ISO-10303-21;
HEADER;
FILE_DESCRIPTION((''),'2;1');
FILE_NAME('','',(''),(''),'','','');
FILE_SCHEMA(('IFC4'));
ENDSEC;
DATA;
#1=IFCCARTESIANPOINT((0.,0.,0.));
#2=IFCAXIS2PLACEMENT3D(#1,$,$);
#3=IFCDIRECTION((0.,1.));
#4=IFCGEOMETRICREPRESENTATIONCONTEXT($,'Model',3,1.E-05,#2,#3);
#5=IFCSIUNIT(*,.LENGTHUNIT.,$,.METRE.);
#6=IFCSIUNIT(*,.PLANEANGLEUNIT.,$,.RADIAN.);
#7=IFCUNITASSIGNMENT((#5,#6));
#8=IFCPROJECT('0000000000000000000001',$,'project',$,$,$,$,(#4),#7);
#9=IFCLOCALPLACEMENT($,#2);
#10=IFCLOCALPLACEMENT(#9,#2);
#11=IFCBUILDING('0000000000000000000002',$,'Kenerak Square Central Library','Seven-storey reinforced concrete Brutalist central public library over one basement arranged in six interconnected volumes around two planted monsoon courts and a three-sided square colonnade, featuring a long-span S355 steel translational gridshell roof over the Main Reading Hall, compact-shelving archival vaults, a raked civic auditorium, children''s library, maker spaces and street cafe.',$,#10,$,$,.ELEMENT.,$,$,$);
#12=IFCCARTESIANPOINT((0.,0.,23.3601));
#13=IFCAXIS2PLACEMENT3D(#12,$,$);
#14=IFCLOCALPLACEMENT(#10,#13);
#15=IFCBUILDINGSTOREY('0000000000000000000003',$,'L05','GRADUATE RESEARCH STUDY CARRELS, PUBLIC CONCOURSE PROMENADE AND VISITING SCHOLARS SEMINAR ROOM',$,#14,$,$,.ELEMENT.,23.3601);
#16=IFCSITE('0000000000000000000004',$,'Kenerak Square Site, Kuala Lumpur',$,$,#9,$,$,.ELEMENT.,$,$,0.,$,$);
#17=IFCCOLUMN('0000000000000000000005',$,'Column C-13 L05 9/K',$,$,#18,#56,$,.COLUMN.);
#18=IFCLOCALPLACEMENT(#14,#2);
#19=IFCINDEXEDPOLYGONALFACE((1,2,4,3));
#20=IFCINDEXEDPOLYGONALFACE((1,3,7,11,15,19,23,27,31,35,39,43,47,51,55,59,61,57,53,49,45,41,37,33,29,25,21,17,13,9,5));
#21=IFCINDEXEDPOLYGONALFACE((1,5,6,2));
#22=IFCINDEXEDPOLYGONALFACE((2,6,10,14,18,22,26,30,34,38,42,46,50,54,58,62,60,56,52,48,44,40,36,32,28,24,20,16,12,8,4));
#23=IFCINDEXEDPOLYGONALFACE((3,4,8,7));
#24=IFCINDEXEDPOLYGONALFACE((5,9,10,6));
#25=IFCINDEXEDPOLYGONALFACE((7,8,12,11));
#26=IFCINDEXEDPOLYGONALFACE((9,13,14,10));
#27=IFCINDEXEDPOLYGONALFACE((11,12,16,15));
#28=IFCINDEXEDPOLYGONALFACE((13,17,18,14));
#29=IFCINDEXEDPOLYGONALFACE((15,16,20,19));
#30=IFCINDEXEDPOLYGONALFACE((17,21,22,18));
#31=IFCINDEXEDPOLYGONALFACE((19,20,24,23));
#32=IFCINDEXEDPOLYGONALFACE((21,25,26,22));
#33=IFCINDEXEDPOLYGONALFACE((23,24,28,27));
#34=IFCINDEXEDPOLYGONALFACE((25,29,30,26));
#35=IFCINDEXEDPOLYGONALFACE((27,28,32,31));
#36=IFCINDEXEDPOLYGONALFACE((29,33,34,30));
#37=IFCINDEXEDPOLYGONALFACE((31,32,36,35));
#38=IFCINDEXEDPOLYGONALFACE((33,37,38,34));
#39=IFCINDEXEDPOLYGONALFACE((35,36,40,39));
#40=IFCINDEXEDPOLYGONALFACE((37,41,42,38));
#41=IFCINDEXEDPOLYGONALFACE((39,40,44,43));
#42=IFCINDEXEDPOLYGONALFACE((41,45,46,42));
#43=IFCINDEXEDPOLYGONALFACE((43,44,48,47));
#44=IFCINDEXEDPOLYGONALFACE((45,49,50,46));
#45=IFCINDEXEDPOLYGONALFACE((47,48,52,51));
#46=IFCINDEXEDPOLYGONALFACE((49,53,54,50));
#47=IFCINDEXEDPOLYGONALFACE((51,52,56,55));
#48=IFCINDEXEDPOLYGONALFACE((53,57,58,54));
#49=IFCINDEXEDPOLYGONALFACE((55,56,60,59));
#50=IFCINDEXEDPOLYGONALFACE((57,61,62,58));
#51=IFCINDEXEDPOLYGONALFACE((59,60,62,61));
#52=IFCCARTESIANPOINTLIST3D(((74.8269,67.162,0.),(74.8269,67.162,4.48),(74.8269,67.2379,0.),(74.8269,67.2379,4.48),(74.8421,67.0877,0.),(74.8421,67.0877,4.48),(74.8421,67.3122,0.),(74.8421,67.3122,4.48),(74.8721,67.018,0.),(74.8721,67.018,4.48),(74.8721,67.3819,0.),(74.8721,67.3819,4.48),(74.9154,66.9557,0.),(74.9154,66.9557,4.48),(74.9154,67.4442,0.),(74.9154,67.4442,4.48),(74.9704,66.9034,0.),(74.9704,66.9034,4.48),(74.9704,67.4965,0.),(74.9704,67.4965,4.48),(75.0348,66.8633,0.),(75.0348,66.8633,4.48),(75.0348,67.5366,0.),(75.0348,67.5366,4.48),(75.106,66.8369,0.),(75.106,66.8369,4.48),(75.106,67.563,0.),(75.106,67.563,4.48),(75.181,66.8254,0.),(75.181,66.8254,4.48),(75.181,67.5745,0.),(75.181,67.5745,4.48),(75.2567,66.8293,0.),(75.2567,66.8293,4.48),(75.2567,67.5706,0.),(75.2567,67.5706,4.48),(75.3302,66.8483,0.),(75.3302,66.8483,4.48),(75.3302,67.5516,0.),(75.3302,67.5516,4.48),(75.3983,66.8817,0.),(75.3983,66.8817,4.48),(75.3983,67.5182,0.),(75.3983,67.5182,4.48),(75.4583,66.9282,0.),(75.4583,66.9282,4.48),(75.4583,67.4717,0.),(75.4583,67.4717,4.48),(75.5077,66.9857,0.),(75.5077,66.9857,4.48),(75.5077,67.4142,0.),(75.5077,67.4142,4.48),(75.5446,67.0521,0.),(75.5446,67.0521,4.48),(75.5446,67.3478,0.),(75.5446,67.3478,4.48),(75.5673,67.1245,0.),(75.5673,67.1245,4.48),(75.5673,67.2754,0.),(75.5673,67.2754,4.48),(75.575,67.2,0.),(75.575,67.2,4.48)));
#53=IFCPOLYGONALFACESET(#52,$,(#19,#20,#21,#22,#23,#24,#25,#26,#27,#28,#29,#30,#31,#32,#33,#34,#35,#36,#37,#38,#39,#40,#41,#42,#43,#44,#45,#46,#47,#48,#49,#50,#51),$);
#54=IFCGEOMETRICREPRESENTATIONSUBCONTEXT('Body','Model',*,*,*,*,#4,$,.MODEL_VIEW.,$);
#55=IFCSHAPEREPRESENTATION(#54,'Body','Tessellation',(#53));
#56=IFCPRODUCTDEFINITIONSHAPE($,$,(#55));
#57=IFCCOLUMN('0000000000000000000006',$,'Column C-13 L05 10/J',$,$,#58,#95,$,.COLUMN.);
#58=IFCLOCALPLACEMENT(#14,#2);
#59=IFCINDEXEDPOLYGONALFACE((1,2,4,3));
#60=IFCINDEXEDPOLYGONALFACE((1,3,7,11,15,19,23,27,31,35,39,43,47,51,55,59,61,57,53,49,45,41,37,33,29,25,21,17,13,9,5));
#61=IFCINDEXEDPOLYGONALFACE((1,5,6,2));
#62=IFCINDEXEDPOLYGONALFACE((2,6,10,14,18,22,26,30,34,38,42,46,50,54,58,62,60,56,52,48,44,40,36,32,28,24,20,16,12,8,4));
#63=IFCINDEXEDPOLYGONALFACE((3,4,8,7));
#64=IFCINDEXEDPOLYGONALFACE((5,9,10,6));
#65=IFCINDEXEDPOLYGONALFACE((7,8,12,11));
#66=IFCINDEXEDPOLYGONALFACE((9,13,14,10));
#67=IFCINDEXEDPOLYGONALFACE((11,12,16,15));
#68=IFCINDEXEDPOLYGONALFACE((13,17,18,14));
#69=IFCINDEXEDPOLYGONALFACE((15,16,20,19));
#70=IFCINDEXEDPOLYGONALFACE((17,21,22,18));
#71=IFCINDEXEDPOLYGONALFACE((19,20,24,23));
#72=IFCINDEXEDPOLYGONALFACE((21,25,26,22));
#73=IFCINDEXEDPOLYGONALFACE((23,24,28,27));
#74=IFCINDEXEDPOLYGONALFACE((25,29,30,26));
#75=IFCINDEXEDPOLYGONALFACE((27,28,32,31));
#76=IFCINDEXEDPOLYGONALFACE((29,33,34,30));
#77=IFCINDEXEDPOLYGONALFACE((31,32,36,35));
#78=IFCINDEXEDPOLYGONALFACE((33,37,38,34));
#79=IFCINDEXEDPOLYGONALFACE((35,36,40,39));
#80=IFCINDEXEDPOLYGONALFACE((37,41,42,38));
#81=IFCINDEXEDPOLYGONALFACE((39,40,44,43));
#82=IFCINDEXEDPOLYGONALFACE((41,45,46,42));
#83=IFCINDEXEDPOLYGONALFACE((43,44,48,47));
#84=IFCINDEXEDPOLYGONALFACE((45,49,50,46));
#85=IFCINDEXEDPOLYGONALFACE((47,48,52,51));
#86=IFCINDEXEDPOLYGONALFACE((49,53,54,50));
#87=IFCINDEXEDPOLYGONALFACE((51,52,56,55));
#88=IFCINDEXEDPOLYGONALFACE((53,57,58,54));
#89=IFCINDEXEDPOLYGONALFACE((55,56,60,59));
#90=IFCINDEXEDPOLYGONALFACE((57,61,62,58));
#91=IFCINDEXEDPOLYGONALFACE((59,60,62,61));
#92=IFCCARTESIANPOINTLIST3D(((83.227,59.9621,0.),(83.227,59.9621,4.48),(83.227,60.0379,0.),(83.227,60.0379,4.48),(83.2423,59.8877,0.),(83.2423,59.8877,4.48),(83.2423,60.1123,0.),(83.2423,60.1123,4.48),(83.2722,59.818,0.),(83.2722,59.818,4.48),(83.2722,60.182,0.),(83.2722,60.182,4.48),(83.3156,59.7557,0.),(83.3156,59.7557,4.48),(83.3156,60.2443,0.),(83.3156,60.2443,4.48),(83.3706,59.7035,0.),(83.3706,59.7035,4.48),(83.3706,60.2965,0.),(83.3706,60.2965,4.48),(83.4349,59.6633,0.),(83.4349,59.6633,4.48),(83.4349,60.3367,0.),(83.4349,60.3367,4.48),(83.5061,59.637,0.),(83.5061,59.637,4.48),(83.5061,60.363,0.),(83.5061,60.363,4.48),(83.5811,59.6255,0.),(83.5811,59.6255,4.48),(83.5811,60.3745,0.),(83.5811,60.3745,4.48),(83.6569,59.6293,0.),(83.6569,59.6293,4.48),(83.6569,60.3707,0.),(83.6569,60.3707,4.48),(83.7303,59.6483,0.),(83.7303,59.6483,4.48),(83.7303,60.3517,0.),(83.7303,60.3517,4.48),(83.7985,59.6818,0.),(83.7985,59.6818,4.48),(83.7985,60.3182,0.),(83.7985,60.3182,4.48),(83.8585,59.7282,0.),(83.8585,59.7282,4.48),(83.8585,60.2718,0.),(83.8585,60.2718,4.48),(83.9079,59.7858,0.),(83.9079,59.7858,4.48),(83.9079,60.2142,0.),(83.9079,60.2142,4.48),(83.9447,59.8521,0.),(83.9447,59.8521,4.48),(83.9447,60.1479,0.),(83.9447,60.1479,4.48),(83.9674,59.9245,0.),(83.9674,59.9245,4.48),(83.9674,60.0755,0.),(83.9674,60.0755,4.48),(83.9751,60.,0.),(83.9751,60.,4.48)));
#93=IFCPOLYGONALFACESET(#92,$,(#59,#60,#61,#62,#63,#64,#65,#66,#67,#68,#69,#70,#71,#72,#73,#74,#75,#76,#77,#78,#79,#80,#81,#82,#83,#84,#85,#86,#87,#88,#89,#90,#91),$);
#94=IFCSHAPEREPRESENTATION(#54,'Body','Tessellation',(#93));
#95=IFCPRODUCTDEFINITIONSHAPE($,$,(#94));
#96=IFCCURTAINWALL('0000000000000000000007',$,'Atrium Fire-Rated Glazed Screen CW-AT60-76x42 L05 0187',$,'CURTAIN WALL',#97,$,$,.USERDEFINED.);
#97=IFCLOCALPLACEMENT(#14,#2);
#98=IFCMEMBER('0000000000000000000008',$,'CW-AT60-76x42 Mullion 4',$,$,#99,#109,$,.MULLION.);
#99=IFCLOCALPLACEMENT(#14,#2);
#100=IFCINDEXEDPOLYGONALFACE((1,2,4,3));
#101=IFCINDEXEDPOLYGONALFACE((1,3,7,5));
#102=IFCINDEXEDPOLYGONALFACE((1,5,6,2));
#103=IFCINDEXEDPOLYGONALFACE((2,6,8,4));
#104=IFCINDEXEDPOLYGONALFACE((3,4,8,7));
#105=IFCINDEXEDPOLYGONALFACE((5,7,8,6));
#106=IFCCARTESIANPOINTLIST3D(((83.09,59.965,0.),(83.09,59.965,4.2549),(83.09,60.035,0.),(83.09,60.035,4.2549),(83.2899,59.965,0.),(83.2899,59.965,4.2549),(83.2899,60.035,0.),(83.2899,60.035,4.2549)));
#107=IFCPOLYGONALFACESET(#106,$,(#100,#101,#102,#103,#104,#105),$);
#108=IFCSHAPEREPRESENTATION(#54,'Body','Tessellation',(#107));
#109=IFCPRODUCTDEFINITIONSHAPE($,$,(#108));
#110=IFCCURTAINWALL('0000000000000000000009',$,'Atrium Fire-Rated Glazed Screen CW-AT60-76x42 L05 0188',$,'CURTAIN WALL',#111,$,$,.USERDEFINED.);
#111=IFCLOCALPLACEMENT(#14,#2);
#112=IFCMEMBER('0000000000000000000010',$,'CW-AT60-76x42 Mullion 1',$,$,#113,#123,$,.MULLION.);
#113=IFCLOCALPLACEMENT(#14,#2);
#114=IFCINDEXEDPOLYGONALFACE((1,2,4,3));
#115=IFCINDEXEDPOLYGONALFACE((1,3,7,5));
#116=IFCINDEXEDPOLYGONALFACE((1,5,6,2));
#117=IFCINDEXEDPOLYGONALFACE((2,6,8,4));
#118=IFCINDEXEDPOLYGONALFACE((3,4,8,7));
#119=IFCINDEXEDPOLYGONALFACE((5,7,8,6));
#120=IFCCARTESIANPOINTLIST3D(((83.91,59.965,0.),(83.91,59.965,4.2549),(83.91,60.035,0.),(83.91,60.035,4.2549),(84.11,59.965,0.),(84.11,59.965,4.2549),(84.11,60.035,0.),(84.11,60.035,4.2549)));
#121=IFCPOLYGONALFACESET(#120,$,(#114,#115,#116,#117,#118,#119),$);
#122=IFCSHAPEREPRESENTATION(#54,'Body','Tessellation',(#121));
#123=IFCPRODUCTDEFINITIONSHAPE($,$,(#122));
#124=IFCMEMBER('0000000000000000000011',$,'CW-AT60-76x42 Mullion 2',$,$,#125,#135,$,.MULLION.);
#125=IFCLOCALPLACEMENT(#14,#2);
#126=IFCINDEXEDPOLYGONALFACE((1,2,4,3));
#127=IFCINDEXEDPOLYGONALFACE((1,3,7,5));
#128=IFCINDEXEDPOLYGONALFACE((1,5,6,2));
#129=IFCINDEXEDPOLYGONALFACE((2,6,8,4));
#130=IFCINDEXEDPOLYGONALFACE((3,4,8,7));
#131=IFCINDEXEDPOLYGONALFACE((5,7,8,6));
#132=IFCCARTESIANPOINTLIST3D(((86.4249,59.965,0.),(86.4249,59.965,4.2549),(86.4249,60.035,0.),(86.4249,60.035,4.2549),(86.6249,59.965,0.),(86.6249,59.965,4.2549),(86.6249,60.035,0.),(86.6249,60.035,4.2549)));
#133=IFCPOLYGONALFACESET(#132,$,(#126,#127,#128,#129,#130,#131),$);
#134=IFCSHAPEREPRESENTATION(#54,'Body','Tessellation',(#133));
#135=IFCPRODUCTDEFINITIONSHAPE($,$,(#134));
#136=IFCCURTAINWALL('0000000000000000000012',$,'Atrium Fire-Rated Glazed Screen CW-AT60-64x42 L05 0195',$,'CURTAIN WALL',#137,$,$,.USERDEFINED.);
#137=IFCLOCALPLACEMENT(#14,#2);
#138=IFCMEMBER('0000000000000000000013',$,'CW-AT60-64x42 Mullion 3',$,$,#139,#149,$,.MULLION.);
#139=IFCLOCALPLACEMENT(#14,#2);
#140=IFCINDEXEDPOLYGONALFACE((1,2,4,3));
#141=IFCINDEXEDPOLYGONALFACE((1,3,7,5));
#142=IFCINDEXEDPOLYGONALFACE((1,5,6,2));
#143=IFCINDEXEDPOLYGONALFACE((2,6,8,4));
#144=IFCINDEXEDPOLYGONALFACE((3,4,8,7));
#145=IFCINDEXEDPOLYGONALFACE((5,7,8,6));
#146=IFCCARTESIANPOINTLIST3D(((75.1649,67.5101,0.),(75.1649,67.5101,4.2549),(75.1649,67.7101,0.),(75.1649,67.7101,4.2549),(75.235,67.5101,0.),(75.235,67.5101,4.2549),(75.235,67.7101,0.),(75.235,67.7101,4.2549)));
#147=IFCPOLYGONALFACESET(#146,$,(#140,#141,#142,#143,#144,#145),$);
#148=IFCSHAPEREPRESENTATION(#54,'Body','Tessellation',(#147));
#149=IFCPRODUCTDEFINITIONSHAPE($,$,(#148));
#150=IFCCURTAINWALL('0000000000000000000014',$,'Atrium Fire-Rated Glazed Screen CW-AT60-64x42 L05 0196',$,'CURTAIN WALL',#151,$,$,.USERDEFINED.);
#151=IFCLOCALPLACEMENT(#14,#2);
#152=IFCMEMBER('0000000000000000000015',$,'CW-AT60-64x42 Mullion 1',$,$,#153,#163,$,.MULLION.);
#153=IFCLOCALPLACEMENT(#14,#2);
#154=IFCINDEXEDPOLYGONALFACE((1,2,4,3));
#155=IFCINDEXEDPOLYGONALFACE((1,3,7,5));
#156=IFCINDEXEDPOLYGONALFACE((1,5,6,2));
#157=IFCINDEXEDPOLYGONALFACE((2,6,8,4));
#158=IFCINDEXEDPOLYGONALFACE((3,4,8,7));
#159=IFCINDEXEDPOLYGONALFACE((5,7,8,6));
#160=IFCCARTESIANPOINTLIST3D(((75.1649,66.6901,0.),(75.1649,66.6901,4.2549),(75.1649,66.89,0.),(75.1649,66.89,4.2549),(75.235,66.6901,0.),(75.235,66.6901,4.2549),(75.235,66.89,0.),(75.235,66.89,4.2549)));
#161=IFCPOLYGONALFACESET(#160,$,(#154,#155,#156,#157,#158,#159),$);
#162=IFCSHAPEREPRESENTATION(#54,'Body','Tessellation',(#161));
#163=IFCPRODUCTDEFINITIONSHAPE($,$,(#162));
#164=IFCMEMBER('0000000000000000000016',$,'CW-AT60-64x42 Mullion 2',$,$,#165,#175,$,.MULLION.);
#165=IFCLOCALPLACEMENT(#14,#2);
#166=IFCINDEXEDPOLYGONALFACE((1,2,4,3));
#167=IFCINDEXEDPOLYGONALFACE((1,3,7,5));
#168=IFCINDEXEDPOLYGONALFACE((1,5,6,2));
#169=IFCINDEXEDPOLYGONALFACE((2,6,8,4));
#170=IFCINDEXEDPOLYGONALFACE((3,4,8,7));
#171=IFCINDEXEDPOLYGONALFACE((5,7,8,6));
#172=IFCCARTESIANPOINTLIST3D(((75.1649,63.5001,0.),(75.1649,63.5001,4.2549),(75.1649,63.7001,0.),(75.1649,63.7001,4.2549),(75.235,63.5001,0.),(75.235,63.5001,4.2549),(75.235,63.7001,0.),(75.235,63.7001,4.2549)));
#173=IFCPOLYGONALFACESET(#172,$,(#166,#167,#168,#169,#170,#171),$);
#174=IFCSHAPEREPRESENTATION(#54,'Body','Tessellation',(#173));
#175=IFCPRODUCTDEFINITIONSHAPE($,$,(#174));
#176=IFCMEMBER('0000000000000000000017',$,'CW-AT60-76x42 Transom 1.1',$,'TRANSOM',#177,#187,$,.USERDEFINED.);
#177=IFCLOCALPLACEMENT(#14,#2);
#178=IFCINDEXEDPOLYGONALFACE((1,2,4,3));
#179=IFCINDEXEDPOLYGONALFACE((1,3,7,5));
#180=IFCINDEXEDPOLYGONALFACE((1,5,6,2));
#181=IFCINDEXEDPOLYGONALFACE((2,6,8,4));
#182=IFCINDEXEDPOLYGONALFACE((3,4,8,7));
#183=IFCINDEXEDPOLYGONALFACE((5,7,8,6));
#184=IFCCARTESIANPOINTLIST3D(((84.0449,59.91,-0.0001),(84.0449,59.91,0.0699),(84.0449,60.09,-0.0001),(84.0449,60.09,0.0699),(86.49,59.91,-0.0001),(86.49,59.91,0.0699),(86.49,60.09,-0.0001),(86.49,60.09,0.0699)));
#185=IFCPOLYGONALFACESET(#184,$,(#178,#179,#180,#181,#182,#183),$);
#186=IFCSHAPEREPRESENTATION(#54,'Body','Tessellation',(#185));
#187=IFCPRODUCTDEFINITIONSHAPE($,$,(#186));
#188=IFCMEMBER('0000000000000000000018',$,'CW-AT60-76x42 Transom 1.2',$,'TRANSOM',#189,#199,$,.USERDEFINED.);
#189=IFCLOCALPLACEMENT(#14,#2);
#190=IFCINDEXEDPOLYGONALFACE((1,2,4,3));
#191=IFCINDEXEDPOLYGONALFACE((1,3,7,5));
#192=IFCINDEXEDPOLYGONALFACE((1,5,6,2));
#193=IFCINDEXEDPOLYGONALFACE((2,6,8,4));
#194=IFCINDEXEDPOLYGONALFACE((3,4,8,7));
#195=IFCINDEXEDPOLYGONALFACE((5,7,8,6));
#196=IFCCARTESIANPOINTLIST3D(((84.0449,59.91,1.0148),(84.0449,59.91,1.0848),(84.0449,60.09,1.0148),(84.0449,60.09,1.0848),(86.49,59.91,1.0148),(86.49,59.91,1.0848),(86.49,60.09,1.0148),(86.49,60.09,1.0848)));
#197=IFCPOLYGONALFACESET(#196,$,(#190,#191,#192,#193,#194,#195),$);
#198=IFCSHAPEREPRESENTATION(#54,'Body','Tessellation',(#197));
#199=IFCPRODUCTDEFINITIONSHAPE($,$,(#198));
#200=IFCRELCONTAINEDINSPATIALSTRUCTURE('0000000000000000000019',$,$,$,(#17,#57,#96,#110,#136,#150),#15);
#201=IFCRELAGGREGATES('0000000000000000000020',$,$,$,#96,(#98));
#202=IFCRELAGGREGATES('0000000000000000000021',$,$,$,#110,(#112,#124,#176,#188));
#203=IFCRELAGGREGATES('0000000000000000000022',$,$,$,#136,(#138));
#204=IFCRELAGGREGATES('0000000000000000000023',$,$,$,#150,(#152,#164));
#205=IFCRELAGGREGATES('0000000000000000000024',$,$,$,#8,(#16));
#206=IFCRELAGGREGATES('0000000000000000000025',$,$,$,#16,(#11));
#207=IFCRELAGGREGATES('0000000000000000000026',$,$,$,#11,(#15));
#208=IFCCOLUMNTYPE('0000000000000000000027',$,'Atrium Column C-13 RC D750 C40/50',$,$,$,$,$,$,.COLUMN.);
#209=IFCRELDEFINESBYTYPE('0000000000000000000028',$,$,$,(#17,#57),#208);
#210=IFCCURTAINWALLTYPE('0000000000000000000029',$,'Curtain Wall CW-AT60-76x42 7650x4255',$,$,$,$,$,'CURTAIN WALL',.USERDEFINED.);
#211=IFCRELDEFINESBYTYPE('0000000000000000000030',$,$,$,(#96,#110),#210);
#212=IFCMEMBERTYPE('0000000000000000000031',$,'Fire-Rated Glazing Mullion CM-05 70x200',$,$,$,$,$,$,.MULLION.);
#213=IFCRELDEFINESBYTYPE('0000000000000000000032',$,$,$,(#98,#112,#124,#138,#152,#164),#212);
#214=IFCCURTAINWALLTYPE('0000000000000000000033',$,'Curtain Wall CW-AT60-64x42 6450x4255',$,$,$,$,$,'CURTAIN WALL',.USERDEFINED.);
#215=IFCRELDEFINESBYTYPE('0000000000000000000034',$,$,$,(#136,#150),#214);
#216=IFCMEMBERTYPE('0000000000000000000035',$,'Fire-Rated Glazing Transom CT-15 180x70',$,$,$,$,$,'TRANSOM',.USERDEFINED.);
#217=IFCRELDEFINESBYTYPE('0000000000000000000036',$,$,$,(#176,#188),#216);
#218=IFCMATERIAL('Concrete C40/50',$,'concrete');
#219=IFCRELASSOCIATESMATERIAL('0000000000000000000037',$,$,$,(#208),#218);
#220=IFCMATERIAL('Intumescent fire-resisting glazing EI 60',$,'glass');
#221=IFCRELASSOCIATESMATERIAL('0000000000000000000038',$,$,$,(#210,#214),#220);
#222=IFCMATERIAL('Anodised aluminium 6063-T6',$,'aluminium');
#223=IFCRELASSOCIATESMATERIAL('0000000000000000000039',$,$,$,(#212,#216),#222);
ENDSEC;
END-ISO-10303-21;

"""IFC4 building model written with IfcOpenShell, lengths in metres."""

from ifc_helpers import new_model, si_unit, direction, frame, origin, origin_2d, place, context, subcontext, project, spatial, rectangle, circle, extrude, material, material_profile, profile_set, type_object, element, aggregate, save


model = new_model("IFC4")

# Units and contexts
model_context = context("Model", 3, precision=1e-05, world=origin(), true_north=direction((0.0, 1.0)))
body_context = subcontext(model_context, "Body", "Model", "MODEL_VIEW")
ifc_project = project(units=[si_unit("LENGTHUNIT", "METRE"), si_unit("PLANEANGLEUNIT", "RADIAN")], contexts=[model_context])

# Site, building, storey
site_placement = place(None, origin())
site = spatial("IfcSite", under=ifc_project, at=site_placement, Name="Kenerak Square Site, Kuala Lumpur", CompositionType="ELEMENT", RefElevation=0.0)
building_placement = place(site_placement, origin())
building = spatial("IfcBuilding", under=site, at=building_placement, Name="Kenerak Square Central Library", Description="Seven-storey reinforced concrete Brutalist central public library over one basement arranged in six interconnected volumes around two planted monsoon courts and a three-sided square colonnade, featuring a long-span S355 steel translational gridshell roof over the Main Reading Hall, compact-shelving archival vaults, a raked civic auditorium, children's library, maker spaces and street cafe.", CompositionType="ELEMENT")
storey_placement = place(building_placement, frame((0.0, 0.0, 23.3601)))
storey = spatial("IfcBuildingStorey", under=building, at=storey_placement, Name="L05", Description="GRADUATE RESEARCH STUDY CARRELS, PUBLIC CONCOURSE PROMENADE AND VISITING SCHOLARS SEMINAR ROOM", CompositionType="ELEMENT", Elevation=23.3601)

# Columns
ifc_material_1 = material(Name="Concrete C40/50", Category="concrete")
ifc_material_profile_1 = material_profile(ifc_material_1, circle(Radius=0.375, at=origin_2d()), Name="RC D750")
ifc_profile_set_1 = profile_set([ifc_material_profile_1], Name="Concrete C40/50")
column_type = type_object("IfcColumnType", Name="Atrium Column C-13 RC D750 C40/50", PredefinedType="COLUMN", material=ifc_profile_set_1)
for number, where, z_axis, x_axis, name in (
    (1, (75.2, 67.2, 0.0), (0.0, 0.0, 1.0), (1.0, 0.0, 0.0), "Column C-13 L05 9/K"),
    (2, (83.6001, 60.0, 0.0), (0.0, 0.0, 1.0), (1.0, 0.0, 0.0), "Column C-13 L05 10/J"),
):
    element("IfcColumn", number, at=place(storey_placement, frame(where, z_axis=z_axis, x_axis=x_axis)), inside=storey, type_object=column_type, Name=name, PredefinedType="COLUMN", context=body_context, shape_type="SweptSolid", body=[
        extrude(circle(Radius=0.375, at=origin_2d()), origin(), (0.0, 0.0, 1.0), 4.48),
    ])

# Curtain wall, member
ifc_material_2 = material(Name="Intumescent fire-resisting glazing EI 60", Category="glass")
curtain_wall_type_1 = type_object("IfcCurtainWallType", Name="Curtain Wall CW-AT60-76x42 7650x4255", ElementType="CURTAIN WALL", PredefinedType="USERDEFINED", material=ifc_material_2)
curtain_wall_1_placement = place(storey_placement, origin())
curtain_wall_1 = element("IfcCurtainWall", 3, at=curtain_wall_1_placement, inside=storey, type_object=curtain_wall_type_1, Name="Atrium Fire-Rated Glazed Screen CW-AT60-76x42 L05 0187", ObjectType="CURTAIN WALL", PredefinedType="USERDEFINED")
ifc_material_3 = material(Name="Anodised aluminium 6063-T6", Category="aluminium")
ifc_material_profile_2 = material_profile(ifc_material_3, rectangle(XDim=0.0701, YDim=0.2, at=origin_2d()), Name="AL MULLION 70x200")
ifc_profile_set_2 = profile_set([ifc_material_profile_2], Name="Anodised aluminium 6063-T6")
member_type_1 = type_object("IfcMemberType", Name="Fire-Rated Glazing Mullion CM-05 70x200", PredefinedType="MULLION", material=ifc_profile_set_2)
member_1_placement = place(storey_placement, frame((83.1899, 60.0, 0.0), z_axis=(0.0, 0.0, 1.0), x_axis=(0.0, 1.0, 0.0)))
member_1 = element("IfcMember", 4, at=member_1_placement, type_object=member_type_1, Name="CW-AT60-76x42 Mullion 4", PredefinedType="MULLION", context=body_context, shape_type="SweptSolid", body=[
    extrude(rectangle(XDim=0.0701, YDim=0.2, at=origin_2d()), origin(), (0.0, 0.0, 1.0), 4.2549),
])

# Curtain wall, members
curtain_wall_2_placement = place(storey_placement, origin())
curtain_wall_2 = element("IfcCurtainWall", 5, at=curtain_wall_2_placement, inside=storey, type_object=curtain_wall_type_1, Name="Atrium Fire-Rated Glazed Screen CW-AT60-76x42 L05 0188", ObjectType="CURTAIN WALL", PredefinedType="USERDEFINED")
member_2_placement = place(storey_placement, frame((84.01, 60.0, 0.0), z_axis=(0.0, 0.0, 1.0), x_axis=(0.0, 1.0, 0.0)))
member_2 = element("IfcMember", 6, at=member_2_placement, type_object=member_type_1, Name="CW-AT60-76x42 Mullion 1", PredefinedType="MULLION", context=body_context, shape_type="SweptSolid", body=[
    extrude(rectangle(XDim=0.0701, YDim=0.2, at=origin_2d()), origin(), (0.0, 0.0, 1.0), 4.2549),
])
member_3_placement = place(storey_placement, frame((86.5249, 60.0, 0.0), z_axis=(0.0, 0.0, 1.0), x_axis=(0.0, 1.0, 0.0)))
member_3 = element("IfcMember", 7, at=member_3_placement, type_object=member_type_1, Name="CW-AT60-76x42 Mullion 2", PredefinedType="MULLION", context=body_context, shape_type="SweptSolid", body=[
    extrude(rectangle(XDim=0.0701, YDim=0.2, at=origin_2d()), origin(), (0.0, 0.0, 1.0), 4.2549),
])

# Curtain wall, member
curtain_wall_type_2 = type_object("IfcCurtainWallType", Name="Curtain Wall CW-AT60-64x42 6450x4255", ElementType="CURTAIN WALL", PredefinedType="USERDEFINED", material=ifc_material_2)
curtain_wall_3_placement = place(storey_placement, origin())
curtain_wall_3 = element("IfcCurtainWall", 8, at=curtain_wall_3_placement, inside=storey, type_object=curtain_wall_type_2, Name="Atrium Fire-Rated Glazed Screen CW-AT60-64x42 L05 0195", ObjectType="CURTAIN WALL", PredefinedType="USERDEFINED")
member_4_placement = place(storey_placement, frame((75.2, 67.6101, 0.0), z_axis=(0.0, 0.0, 1.0), x_axis=(1.0, 0.0, 0.0)))
member_4 = element("IfcMember", 9, at=member_4_placement, type_object=member_type_1, Name="CW-AT60-64x42 Mullion 3", PredefinedType="MULLION", context=body_context, shape_type="SweptSolid", body=[
    extrude(rectangle(XDim=0.0701, YDim=0.2, at=origin_2d()), origin(), (0.0, 0.0, 1.0), 4.2549),
])

# Curtain wall, members
curtain_wall_4_placement = place(storey_placement, origin())
curtain_wall_4 = element("IfcCurtainWall", 10, at=curtain_wall_4_placement, inside=storey, type_object=curtain_wall_type_2, Name="Atrium Fire-Rated Glazed Screen CW-AT60-64x42 L05 0196", ObjectType="CURTAIN WALL", PredefinedType="USERDEFINED")
member_5_placement = place(storey_placement, frame((75.2, 66.79, 0.0), z_axis=(0.0, 0.0, 1.0), x_axis=(1.0, 0.0, 0.0)))
member_5 = element("IfcMember", 11, at=member_5_placement, type_object=member_type_1, Name="CW-AT60-64x42 Mullion 1", PredefinedType="MULLION", context=body_context, shape_type="SweptSolid", body=[
    extrude(rectangle(XDim=0.0701, YDim=0.2, at=origin_2d()), origin(), (0.0, 0.0, 1.0), 4.2549),
])
member_6_placement = place(storey_placement, frame((75.2, 63.6001, 0.0), z_axis=(0.0, 0.0, 1.0), x_axis=(1.0, 0.0, 0.0)))
member_6 = element("IfcMember", 12, at=member_6_placement, type_object=member_type_1, Name="CW-AT60-64x42 Mullion 2", PredefinedType="MULLION", context=body_context, shape_type="SweptSolid", body=[
    extrude(rectangle(XDim=0.0701, YDim=0.2, at=origin_2d()), origin(), (0.0, 0.0, 1.0), 4.2549),
])

# Members
ifc_material_profile_3 = material_profile(ifc_material_3, rectangle(XDim=0.1799, YDim=0.0701, at=origin_2d()), Name="AL TRANSOM 180x70")
ifc_profile_set_3 = profile_set([ifc_material_profile_3], Name="Anodised aluminium 6063-T6")
member_type_2 = type_object("IfcMemberType", Name="Fire-Rated Glazing Transom CT-15 180x70", ElementType="TRANSOM", PredefinedType="USERDEFINED", material=ifc_profile_set_3)
member_7_placement = place(storey_placement, frame((84.0449, 60.0, 0.0349), z_axis=(1.0, 0.0, 0.0), x_axis=(0.0, 1.0, 0.0)))
member_7 = element("IfcMember", 13, at=member_7_placement, type_object=member_type_2, Name="CW-AT60-76x42 Transom 1.1", ObjectType="TRANSOM", PredefinedType="USERDEFINED", context=body_context, shape_type="SweptSolid", body=[
    extrude(rectangle(XDim=0.1799, YDim=0.0701, at=origin_2d()), origin(), (0.0, 0.0, 1.0), 2.4451),
])
member_8_placement = place(storey_placement, frame((84.0449, 60.0, 1.0498), z_axis=(1.0, 0.0, 0.0), x_axis=(0.0, 1.0, 0.0)))
member_8 = element("IfcMember", 14, at=member_8_placement, type_object=member_type_2, Name="CW-AT60-76x42 Transom 1.2", ObjectType="TRANSOM", PredefinedType="USERDEFINED", context=body_context, shape_type="SweptSolid", body=[
    extrude(rectangle(XDim=0.1799, YDim=0.0701, at=origin_2d()), origin(), (0.0, 0.0, 1.0), 2.4451),
])

aggregate(curtain_wall_1, [member_1])
aggregate(curtain_wall_2, [member_2, member_3, member_7, member_8])
aggregate(curtain_wall_3, [member_4])
aggregate(curtain_wall_4, [member_5, member_6])

save(model, "model.ifc")
